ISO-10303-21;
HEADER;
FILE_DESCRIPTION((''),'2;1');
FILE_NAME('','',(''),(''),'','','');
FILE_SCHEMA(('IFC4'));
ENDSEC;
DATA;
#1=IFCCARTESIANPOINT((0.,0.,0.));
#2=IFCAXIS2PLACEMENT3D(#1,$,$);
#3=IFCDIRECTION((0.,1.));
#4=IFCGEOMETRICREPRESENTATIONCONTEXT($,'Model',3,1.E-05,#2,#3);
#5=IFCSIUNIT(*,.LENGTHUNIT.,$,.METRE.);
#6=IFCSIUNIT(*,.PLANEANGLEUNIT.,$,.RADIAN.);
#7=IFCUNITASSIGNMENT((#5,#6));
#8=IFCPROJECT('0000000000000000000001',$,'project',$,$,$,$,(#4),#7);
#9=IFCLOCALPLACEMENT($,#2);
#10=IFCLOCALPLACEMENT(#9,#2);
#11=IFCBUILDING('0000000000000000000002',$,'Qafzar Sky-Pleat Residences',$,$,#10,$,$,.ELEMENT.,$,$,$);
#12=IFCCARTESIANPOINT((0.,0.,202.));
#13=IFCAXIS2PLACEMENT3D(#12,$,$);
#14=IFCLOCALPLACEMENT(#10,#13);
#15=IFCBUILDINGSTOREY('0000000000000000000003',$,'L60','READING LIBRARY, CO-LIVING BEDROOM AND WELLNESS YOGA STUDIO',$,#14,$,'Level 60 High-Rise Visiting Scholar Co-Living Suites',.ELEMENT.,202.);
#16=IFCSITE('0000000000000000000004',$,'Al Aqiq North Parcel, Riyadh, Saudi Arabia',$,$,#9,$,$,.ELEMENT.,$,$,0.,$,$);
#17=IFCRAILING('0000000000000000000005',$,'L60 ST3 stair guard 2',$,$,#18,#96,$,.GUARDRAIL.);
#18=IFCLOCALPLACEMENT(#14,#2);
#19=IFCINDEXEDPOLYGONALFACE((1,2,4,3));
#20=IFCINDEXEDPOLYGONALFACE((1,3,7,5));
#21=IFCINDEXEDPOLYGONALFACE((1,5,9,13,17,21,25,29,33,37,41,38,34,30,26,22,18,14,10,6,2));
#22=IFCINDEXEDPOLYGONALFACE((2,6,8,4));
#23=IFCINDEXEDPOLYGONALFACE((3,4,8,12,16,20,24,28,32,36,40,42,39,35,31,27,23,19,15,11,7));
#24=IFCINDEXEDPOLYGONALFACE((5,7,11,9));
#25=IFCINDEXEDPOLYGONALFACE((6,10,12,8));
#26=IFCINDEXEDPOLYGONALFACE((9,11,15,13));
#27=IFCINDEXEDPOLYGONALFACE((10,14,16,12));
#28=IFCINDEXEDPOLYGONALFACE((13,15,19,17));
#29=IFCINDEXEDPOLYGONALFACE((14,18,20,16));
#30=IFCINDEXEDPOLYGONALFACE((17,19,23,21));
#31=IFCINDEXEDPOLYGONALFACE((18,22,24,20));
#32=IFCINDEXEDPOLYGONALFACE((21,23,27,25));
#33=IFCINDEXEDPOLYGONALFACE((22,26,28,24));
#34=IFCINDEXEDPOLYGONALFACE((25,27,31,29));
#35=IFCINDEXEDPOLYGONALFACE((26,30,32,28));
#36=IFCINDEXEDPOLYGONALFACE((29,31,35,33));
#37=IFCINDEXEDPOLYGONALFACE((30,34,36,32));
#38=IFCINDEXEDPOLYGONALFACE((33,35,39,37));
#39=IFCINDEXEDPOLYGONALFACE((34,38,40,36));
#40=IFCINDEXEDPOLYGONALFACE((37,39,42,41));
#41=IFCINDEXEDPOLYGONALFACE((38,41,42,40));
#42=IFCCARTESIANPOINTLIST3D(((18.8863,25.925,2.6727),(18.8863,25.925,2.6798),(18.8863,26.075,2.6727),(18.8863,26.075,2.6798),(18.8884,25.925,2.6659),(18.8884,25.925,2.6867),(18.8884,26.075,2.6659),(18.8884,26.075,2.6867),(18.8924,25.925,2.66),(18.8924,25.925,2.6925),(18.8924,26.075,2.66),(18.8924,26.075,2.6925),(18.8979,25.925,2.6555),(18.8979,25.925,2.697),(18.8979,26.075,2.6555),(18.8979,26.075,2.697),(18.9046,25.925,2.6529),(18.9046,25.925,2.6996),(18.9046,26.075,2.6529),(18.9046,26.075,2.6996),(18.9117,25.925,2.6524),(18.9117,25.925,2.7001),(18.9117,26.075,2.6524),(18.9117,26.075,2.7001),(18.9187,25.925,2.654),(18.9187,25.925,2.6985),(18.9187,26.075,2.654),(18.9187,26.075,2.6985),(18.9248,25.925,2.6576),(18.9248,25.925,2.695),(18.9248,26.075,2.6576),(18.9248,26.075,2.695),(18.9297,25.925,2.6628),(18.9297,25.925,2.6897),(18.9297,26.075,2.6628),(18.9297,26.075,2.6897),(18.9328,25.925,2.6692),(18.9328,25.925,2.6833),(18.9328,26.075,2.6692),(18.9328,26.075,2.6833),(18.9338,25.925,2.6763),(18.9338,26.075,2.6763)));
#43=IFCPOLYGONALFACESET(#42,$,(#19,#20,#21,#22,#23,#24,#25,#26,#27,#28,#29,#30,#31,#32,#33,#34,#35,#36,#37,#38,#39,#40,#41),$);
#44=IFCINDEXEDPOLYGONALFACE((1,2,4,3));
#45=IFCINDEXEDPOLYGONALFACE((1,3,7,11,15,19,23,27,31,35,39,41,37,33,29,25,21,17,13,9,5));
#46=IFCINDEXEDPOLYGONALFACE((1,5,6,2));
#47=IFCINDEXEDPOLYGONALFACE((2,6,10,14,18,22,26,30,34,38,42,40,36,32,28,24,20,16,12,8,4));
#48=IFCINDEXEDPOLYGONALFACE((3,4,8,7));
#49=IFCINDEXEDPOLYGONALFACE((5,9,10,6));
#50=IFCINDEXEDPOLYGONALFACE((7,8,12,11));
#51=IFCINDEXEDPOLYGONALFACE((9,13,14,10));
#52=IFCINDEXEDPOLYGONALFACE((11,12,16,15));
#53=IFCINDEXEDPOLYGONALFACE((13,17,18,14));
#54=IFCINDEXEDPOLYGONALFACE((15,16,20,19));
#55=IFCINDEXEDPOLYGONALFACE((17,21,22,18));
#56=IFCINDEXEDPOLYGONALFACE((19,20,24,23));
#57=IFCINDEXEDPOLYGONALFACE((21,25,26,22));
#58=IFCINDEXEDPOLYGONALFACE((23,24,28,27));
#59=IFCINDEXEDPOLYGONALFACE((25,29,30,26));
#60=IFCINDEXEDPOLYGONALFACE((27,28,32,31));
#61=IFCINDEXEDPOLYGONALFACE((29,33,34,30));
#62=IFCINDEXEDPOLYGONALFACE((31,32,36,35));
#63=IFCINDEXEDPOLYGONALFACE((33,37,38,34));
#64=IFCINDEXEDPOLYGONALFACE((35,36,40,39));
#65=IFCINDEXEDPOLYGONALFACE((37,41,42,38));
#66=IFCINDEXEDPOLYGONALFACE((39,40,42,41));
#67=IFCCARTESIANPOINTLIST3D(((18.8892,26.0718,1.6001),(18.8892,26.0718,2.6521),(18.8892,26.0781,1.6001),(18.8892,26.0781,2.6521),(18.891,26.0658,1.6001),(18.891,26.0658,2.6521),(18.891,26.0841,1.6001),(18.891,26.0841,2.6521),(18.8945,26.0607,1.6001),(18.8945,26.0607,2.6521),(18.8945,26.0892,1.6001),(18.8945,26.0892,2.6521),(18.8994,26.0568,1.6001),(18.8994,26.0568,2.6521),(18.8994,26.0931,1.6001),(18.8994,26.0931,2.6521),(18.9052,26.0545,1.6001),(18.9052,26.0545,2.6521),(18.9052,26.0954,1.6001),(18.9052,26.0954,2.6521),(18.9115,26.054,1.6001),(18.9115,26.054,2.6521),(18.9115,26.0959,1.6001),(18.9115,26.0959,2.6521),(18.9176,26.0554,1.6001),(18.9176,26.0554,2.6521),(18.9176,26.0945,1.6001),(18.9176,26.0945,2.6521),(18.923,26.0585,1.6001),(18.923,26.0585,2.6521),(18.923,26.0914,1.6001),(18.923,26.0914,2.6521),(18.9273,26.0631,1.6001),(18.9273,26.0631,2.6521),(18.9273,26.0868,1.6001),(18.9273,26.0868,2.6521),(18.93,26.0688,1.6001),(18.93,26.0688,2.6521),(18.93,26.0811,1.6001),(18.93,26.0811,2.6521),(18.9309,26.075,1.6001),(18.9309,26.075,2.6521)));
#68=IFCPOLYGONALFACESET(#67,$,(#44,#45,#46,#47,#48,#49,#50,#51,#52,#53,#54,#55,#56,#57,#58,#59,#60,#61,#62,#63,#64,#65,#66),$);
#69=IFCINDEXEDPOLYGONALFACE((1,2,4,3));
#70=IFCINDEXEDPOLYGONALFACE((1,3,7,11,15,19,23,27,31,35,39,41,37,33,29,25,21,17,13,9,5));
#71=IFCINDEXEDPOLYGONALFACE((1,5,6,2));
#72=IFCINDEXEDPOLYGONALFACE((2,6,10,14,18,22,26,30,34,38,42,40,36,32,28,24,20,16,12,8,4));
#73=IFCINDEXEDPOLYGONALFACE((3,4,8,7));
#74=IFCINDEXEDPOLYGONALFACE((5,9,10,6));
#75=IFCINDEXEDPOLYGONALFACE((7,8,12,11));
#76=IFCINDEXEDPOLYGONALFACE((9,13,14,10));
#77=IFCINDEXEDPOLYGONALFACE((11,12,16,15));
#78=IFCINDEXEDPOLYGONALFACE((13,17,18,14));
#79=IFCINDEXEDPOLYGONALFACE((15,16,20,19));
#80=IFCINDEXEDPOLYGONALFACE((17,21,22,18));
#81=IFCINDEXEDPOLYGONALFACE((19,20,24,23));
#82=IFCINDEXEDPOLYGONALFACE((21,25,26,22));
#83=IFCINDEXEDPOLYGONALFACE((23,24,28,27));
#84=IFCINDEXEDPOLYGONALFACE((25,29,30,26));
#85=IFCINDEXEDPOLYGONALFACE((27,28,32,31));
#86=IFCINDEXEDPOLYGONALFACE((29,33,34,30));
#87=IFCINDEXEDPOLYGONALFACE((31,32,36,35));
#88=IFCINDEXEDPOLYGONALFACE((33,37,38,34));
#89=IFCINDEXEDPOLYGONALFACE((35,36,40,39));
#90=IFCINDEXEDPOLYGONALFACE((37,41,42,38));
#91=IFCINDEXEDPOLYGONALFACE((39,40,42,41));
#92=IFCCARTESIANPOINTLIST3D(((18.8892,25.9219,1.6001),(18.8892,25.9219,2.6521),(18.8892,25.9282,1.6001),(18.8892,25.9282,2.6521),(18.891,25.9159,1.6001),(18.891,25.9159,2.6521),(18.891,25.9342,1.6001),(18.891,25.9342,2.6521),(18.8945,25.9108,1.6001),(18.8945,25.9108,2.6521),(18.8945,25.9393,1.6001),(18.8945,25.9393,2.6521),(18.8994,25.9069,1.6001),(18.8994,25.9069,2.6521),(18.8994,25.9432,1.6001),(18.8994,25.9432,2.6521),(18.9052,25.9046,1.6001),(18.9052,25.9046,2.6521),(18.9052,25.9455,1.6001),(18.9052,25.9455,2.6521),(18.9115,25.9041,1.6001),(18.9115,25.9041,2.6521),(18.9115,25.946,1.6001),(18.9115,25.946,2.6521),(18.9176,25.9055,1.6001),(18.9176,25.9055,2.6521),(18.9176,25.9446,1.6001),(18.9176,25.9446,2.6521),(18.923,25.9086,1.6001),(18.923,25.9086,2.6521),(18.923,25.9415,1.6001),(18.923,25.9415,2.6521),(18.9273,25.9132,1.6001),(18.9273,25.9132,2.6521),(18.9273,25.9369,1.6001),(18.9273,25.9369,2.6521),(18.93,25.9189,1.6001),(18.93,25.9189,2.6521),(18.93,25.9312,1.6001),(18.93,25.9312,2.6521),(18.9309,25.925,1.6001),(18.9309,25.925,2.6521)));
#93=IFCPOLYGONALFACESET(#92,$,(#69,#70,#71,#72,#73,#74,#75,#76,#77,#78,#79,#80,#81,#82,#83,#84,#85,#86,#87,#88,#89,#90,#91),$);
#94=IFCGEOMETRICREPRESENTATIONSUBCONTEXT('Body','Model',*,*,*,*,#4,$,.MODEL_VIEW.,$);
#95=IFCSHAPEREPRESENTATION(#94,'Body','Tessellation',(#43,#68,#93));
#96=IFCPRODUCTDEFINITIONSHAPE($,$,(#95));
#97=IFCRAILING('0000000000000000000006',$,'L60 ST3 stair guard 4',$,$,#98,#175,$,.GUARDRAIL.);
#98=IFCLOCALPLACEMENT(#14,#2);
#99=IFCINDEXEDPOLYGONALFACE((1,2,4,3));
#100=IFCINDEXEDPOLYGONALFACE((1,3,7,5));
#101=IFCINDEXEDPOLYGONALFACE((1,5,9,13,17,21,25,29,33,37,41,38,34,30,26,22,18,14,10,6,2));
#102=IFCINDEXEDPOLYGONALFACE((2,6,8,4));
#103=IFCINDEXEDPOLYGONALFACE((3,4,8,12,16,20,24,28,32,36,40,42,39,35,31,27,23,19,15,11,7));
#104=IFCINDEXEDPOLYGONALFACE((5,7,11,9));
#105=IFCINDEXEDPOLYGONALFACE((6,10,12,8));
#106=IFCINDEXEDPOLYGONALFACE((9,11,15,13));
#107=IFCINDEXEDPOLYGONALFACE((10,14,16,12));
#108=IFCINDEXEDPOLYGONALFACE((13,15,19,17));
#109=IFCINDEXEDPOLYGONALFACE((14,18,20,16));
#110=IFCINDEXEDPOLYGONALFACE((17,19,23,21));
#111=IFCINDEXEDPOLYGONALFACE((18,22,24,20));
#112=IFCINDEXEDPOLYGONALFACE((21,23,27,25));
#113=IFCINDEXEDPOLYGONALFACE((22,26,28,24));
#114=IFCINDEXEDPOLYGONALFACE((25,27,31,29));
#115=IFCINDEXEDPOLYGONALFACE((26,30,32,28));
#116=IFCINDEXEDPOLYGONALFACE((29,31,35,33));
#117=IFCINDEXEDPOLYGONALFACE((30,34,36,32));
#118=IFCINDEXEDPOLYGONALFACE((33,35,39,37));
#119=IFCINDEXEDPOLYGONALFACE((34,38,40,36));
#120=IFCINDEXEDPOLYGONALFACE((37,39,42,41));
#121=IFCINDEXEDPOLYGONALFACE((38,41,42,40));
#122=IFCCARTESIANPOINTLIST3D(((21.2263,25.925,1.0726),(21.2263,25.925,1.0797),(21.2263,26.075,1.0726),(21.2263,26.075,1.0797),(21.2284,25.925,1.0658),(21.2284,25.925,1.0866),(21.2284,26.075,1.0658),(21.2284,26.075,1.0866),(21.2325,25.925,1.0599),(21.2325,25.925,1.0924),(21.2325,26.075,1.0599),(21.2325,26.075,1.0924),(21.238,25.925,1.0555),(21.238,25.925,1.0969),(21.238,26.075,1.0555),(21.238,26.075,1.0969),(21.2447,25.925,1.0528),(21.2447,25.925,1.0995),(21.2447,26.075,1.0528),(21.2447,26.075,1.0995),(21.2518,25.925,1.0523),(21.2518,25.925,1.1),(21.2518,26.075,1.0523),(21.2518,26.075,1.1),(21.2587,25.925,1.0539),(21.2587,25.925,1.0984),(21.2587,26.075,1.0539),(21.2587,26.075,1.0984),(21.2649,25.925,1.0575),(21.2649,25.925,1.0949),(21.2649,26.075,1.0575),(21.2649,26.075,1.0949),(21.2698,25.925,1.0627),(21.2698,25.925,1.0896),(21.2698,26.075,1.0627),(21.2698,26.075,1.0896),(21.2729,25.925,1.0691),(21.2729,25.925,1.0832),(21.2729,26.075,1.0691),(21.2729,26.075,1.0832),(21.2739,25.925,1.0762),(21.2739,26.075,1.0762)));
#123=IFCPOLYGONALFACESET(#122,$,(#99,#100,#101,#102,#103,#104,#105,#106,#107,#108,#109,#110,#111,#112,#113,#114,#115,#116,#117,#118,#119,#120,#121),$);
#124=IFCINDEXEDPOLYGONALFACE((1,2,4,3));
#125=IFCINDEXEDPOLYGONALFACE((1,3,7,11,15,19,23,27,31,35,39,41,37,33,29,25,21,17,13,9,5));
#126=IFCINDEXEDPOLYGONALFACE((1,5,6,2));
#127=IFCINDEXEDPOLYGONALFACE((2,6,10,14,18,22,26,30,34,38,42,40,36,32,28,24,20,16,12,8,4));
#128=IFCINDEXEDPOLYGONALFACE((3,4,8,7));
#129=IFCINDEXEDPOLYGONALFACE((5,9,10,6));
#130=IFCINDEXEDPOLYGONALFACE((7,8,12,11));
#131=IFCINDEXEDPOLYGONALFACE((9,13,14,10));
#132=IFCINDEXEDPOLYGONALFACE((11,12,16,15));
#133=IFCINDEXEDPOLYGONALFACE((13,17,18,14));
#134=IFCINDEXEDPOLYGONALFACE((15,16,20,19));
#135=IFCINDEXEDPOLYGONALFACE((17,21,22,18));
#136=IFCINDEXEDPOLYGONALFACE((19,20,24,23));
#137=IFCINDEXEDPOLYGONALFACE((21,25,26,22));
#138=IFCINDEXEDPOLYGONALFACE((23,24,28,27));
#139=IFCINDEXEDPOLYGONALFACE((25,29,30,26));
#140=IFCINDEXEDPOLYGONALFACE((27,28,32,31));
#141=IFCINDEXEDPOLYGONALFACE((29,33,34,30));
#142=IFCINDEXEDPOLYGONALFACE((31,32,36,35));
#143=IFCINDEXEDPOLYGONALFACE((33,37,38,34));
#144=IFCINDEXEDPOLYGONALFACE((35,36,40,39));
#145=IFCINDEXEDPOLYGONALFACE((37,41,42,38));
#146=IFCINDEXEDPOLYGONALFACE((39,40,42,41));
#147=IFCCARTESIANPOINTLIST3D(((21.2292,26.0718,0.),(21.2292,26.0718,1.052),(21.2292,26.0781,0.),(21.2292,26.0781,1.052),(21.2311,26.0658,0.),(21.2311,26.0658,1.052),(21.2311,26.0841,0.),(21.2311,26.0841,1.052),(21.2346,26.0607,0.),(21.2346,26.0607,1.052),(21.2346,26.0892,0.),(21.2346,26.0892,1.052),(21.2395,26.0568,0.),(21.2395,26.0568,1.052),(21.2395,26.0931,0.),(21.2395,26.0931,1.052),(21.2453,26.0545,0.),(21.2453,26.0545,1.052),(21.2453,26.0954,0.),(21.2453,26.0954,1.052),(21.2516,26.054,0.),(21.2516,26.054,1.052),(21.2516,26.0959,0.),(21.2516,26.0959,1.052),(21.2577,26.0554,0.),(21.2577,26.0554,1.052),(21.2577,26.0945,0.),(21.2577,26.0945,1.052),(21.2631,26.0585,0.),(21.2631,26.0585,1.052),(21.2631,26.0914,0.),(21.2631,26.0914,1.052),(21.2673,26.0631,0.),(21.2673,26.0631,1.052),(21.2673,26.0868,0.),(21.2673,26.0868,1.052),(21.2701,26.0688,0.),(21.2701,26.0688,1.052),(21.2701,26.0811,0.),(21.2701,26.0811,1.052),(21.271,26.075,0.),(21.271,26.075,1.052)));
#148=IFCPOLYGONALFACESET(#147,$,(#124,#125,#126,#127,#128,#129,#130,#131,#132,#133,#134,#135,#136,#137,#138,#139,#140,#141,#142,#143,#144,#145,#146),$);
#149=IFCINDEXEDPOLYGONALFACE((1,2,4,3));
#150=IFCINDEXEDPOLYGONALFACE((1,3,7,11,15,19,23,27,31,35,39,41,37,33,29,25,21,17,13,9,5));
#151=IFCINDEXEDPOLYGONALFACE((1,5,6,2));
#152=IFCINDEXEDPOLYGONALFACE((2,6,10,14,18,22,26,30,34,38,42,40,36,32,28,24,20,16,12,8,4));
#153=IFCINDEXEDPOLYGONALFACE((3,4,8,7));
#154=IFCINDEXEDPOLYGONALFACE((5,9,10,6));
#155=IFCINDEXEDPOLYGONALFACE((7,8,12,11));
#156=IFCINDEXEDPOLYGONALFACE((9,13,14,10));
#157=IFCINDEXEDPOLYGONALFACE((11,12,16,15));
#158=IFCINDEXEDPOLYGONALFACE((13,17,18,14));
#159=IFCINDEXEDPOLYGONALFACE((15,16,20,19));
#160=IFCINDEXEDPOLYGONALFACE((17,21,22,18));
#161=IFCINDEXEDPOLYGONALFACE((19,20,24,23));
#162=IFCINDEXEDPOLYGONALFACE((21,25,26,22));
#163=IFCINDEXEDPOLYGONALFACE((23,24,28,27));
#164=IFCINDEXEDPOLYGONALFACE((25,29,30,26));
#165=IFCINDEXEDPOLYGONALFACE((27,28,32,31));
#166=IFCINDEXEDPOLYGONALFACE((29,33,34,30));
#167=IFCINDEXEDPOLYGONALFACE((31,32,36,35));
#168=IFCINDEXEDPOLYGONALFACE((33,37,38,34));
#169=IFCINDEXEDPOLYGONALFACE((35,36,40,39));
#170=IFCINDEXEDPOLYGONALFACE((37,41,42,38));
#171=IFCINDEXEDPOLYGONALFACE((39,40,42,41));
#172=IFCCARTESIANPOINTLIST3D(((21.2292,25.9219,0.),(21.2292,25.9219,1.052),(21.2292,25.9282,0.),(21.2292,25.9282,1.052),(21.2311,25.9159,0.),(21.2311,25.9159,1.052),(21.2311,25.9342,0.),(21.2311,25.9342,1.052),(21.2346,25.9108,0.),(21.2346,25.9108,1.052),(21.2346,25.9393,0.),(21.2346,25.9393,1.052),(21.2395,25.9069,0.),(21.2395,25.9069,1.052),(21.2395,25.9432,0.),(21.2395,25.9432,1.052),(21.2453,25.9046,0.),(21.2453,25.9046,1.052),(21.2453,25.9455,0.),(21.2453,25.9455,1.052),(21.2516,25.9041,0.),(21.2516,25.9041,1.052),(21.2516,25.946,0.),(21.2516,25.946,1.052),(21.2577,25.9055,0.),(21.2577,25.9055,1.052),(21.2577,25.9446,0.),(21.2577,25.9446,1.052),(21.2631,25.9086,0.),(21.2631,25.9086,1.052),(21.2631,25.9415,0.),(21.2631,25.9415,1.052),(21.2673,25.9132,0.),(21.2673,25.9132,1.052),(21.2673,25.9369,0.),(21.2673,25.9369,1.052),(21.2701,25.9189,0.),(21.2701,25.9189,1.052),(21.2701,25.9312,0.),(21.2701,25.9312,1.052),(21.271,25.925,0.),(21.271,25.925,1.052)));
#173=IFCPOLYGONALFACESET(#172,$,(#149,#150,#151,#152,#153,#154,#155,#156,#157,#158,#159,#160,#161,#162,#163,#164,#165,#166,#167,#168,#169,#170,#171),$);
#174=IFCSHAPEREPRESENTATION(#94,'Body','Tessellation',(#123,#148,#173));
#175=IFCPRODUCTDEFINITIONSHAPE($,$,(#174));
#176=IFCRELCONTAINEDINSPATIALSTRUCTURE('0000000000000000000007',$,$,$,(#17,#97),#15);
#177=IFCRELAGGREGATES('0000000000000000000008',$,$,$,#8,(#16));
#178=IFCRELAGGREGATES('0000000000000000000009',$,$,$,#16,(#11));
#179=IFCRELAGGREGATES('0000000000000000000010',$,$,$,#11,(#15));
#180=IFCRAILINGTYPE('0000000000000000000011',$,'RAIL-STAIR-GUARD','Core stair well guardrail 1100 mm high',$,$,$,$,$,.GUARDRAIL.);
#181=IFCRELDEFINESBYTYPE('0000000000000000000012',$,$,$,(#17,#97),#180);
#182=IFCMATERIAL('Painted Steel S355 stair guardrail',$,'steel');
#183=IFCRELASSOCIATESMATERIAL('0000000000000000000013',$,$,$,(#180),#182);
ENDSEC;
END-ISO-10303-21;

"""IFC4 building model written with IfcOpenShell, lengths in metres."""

from ifc_helpers import new_model, si_unit, direction, frame, origin, origin_2d, place, context, subcontext, project, spatial, circle, extrude, source, transform, mapped, material, type_object, element, save


model = new_model("IFC4")

# Units and contexts
model_context = context("Model", 3, precision=1e-05, world=origin(), true_north=direction((0.0, 1.0)))
body_context = subcontext(model_context, "Body", "Model", "MODEL_VIEW")
ifc_project = project(units=[si_unit("LENGTHUNIT", "METRE"), si_unit("PLANEANGLEUNIT", "RADIAN")], contexts=[model_context])

# Site, building, storey
site_placement = place(None, origin())
site = spatial("IfcSite", under=ifc_project, at=site_placement, Name="Al Aqiq North Parcel, Riyadh, Saudi Arabia", CompositionType="ELEMENT", RefElevation=0.0)
building_placement = place(site_placement, origin())
building = spatial("IfcBuilding", under=site, at=building_placement, Name="Qafzar Sky-Pleat Residences", CompositionType="ELEMENT")
storey_placement = place(building_placement, frame((0.0, 0.0, 202.0)))
storey = spatial("IfcBuildingStorey", under=building, at=storey_placement, Name="L60", Description="READING LIBRARY, CO-LIVING BEDROOM AND WELLNESS YOGA STUDIO", LongName="Level 60 High-Rise Visiting Scholar Co-Living Suites", CompositionType="ELEMENT", Elevation=202.0)

# Railings
ifc_material_1 = material(Name="Painted Steel S355 stair guardrail", Category="steel")
railing_type_1 = type_object("IfcRailingType", Name="RAIL-STAIR-GUARD", Description="Core stair well guardrail 1100 mm high", PredefinedType="GUARDRAIL", material=ifc_material_1)
shared_shape_1 = source(origin(), body_context, "Body", "SweptSolid", [
    extrude(circle(Radius=0.0239, at=origin_2d()), frame((0.0, 0.0, 1.0762), z_axis=(0.0, -1.0, 0.0), x_axis=(1.0, 0.0, 0.0)), (0.0, 0.0, 1.0), 0.1499),
    extrude(circle(Radius=0.021, at=origin_2d()), origin(), (0.0, 0.0, 1.0), 1.052),
    extrude(circle(Radius=0.021, at=origin_2d()), frame((0.0, -0.1499, 0.0)), (0.0, 0.0, 1.0), 1.052),
])
for number, where, name in (
    (1, (18.9099, 26.075, 1.6001), "L60 ST3 stair guard 2"),
    (2, (21.25, 26.075, 0.0), "L60 ST3 stair guard 4"),
):
    element("IfcRailing", number, at=place(storey_placement, frame(where)), inside=storey, type_object=railing_type_1, Name=name, PredefinedType="GUARDRAIL", context=body_context, shape_type="MappedRepresentation", body=[
        mapped(shared_shape_1, transform((0.0, 0.0, 0.0), x_axis=(1.0, 0.0, 0.0), y_axis=(0.0, 1.0, 0.0), z_axis=(0.0, 0.0, 1.0), scale=1.0)),
    ])

save(model, "model.ifc")
